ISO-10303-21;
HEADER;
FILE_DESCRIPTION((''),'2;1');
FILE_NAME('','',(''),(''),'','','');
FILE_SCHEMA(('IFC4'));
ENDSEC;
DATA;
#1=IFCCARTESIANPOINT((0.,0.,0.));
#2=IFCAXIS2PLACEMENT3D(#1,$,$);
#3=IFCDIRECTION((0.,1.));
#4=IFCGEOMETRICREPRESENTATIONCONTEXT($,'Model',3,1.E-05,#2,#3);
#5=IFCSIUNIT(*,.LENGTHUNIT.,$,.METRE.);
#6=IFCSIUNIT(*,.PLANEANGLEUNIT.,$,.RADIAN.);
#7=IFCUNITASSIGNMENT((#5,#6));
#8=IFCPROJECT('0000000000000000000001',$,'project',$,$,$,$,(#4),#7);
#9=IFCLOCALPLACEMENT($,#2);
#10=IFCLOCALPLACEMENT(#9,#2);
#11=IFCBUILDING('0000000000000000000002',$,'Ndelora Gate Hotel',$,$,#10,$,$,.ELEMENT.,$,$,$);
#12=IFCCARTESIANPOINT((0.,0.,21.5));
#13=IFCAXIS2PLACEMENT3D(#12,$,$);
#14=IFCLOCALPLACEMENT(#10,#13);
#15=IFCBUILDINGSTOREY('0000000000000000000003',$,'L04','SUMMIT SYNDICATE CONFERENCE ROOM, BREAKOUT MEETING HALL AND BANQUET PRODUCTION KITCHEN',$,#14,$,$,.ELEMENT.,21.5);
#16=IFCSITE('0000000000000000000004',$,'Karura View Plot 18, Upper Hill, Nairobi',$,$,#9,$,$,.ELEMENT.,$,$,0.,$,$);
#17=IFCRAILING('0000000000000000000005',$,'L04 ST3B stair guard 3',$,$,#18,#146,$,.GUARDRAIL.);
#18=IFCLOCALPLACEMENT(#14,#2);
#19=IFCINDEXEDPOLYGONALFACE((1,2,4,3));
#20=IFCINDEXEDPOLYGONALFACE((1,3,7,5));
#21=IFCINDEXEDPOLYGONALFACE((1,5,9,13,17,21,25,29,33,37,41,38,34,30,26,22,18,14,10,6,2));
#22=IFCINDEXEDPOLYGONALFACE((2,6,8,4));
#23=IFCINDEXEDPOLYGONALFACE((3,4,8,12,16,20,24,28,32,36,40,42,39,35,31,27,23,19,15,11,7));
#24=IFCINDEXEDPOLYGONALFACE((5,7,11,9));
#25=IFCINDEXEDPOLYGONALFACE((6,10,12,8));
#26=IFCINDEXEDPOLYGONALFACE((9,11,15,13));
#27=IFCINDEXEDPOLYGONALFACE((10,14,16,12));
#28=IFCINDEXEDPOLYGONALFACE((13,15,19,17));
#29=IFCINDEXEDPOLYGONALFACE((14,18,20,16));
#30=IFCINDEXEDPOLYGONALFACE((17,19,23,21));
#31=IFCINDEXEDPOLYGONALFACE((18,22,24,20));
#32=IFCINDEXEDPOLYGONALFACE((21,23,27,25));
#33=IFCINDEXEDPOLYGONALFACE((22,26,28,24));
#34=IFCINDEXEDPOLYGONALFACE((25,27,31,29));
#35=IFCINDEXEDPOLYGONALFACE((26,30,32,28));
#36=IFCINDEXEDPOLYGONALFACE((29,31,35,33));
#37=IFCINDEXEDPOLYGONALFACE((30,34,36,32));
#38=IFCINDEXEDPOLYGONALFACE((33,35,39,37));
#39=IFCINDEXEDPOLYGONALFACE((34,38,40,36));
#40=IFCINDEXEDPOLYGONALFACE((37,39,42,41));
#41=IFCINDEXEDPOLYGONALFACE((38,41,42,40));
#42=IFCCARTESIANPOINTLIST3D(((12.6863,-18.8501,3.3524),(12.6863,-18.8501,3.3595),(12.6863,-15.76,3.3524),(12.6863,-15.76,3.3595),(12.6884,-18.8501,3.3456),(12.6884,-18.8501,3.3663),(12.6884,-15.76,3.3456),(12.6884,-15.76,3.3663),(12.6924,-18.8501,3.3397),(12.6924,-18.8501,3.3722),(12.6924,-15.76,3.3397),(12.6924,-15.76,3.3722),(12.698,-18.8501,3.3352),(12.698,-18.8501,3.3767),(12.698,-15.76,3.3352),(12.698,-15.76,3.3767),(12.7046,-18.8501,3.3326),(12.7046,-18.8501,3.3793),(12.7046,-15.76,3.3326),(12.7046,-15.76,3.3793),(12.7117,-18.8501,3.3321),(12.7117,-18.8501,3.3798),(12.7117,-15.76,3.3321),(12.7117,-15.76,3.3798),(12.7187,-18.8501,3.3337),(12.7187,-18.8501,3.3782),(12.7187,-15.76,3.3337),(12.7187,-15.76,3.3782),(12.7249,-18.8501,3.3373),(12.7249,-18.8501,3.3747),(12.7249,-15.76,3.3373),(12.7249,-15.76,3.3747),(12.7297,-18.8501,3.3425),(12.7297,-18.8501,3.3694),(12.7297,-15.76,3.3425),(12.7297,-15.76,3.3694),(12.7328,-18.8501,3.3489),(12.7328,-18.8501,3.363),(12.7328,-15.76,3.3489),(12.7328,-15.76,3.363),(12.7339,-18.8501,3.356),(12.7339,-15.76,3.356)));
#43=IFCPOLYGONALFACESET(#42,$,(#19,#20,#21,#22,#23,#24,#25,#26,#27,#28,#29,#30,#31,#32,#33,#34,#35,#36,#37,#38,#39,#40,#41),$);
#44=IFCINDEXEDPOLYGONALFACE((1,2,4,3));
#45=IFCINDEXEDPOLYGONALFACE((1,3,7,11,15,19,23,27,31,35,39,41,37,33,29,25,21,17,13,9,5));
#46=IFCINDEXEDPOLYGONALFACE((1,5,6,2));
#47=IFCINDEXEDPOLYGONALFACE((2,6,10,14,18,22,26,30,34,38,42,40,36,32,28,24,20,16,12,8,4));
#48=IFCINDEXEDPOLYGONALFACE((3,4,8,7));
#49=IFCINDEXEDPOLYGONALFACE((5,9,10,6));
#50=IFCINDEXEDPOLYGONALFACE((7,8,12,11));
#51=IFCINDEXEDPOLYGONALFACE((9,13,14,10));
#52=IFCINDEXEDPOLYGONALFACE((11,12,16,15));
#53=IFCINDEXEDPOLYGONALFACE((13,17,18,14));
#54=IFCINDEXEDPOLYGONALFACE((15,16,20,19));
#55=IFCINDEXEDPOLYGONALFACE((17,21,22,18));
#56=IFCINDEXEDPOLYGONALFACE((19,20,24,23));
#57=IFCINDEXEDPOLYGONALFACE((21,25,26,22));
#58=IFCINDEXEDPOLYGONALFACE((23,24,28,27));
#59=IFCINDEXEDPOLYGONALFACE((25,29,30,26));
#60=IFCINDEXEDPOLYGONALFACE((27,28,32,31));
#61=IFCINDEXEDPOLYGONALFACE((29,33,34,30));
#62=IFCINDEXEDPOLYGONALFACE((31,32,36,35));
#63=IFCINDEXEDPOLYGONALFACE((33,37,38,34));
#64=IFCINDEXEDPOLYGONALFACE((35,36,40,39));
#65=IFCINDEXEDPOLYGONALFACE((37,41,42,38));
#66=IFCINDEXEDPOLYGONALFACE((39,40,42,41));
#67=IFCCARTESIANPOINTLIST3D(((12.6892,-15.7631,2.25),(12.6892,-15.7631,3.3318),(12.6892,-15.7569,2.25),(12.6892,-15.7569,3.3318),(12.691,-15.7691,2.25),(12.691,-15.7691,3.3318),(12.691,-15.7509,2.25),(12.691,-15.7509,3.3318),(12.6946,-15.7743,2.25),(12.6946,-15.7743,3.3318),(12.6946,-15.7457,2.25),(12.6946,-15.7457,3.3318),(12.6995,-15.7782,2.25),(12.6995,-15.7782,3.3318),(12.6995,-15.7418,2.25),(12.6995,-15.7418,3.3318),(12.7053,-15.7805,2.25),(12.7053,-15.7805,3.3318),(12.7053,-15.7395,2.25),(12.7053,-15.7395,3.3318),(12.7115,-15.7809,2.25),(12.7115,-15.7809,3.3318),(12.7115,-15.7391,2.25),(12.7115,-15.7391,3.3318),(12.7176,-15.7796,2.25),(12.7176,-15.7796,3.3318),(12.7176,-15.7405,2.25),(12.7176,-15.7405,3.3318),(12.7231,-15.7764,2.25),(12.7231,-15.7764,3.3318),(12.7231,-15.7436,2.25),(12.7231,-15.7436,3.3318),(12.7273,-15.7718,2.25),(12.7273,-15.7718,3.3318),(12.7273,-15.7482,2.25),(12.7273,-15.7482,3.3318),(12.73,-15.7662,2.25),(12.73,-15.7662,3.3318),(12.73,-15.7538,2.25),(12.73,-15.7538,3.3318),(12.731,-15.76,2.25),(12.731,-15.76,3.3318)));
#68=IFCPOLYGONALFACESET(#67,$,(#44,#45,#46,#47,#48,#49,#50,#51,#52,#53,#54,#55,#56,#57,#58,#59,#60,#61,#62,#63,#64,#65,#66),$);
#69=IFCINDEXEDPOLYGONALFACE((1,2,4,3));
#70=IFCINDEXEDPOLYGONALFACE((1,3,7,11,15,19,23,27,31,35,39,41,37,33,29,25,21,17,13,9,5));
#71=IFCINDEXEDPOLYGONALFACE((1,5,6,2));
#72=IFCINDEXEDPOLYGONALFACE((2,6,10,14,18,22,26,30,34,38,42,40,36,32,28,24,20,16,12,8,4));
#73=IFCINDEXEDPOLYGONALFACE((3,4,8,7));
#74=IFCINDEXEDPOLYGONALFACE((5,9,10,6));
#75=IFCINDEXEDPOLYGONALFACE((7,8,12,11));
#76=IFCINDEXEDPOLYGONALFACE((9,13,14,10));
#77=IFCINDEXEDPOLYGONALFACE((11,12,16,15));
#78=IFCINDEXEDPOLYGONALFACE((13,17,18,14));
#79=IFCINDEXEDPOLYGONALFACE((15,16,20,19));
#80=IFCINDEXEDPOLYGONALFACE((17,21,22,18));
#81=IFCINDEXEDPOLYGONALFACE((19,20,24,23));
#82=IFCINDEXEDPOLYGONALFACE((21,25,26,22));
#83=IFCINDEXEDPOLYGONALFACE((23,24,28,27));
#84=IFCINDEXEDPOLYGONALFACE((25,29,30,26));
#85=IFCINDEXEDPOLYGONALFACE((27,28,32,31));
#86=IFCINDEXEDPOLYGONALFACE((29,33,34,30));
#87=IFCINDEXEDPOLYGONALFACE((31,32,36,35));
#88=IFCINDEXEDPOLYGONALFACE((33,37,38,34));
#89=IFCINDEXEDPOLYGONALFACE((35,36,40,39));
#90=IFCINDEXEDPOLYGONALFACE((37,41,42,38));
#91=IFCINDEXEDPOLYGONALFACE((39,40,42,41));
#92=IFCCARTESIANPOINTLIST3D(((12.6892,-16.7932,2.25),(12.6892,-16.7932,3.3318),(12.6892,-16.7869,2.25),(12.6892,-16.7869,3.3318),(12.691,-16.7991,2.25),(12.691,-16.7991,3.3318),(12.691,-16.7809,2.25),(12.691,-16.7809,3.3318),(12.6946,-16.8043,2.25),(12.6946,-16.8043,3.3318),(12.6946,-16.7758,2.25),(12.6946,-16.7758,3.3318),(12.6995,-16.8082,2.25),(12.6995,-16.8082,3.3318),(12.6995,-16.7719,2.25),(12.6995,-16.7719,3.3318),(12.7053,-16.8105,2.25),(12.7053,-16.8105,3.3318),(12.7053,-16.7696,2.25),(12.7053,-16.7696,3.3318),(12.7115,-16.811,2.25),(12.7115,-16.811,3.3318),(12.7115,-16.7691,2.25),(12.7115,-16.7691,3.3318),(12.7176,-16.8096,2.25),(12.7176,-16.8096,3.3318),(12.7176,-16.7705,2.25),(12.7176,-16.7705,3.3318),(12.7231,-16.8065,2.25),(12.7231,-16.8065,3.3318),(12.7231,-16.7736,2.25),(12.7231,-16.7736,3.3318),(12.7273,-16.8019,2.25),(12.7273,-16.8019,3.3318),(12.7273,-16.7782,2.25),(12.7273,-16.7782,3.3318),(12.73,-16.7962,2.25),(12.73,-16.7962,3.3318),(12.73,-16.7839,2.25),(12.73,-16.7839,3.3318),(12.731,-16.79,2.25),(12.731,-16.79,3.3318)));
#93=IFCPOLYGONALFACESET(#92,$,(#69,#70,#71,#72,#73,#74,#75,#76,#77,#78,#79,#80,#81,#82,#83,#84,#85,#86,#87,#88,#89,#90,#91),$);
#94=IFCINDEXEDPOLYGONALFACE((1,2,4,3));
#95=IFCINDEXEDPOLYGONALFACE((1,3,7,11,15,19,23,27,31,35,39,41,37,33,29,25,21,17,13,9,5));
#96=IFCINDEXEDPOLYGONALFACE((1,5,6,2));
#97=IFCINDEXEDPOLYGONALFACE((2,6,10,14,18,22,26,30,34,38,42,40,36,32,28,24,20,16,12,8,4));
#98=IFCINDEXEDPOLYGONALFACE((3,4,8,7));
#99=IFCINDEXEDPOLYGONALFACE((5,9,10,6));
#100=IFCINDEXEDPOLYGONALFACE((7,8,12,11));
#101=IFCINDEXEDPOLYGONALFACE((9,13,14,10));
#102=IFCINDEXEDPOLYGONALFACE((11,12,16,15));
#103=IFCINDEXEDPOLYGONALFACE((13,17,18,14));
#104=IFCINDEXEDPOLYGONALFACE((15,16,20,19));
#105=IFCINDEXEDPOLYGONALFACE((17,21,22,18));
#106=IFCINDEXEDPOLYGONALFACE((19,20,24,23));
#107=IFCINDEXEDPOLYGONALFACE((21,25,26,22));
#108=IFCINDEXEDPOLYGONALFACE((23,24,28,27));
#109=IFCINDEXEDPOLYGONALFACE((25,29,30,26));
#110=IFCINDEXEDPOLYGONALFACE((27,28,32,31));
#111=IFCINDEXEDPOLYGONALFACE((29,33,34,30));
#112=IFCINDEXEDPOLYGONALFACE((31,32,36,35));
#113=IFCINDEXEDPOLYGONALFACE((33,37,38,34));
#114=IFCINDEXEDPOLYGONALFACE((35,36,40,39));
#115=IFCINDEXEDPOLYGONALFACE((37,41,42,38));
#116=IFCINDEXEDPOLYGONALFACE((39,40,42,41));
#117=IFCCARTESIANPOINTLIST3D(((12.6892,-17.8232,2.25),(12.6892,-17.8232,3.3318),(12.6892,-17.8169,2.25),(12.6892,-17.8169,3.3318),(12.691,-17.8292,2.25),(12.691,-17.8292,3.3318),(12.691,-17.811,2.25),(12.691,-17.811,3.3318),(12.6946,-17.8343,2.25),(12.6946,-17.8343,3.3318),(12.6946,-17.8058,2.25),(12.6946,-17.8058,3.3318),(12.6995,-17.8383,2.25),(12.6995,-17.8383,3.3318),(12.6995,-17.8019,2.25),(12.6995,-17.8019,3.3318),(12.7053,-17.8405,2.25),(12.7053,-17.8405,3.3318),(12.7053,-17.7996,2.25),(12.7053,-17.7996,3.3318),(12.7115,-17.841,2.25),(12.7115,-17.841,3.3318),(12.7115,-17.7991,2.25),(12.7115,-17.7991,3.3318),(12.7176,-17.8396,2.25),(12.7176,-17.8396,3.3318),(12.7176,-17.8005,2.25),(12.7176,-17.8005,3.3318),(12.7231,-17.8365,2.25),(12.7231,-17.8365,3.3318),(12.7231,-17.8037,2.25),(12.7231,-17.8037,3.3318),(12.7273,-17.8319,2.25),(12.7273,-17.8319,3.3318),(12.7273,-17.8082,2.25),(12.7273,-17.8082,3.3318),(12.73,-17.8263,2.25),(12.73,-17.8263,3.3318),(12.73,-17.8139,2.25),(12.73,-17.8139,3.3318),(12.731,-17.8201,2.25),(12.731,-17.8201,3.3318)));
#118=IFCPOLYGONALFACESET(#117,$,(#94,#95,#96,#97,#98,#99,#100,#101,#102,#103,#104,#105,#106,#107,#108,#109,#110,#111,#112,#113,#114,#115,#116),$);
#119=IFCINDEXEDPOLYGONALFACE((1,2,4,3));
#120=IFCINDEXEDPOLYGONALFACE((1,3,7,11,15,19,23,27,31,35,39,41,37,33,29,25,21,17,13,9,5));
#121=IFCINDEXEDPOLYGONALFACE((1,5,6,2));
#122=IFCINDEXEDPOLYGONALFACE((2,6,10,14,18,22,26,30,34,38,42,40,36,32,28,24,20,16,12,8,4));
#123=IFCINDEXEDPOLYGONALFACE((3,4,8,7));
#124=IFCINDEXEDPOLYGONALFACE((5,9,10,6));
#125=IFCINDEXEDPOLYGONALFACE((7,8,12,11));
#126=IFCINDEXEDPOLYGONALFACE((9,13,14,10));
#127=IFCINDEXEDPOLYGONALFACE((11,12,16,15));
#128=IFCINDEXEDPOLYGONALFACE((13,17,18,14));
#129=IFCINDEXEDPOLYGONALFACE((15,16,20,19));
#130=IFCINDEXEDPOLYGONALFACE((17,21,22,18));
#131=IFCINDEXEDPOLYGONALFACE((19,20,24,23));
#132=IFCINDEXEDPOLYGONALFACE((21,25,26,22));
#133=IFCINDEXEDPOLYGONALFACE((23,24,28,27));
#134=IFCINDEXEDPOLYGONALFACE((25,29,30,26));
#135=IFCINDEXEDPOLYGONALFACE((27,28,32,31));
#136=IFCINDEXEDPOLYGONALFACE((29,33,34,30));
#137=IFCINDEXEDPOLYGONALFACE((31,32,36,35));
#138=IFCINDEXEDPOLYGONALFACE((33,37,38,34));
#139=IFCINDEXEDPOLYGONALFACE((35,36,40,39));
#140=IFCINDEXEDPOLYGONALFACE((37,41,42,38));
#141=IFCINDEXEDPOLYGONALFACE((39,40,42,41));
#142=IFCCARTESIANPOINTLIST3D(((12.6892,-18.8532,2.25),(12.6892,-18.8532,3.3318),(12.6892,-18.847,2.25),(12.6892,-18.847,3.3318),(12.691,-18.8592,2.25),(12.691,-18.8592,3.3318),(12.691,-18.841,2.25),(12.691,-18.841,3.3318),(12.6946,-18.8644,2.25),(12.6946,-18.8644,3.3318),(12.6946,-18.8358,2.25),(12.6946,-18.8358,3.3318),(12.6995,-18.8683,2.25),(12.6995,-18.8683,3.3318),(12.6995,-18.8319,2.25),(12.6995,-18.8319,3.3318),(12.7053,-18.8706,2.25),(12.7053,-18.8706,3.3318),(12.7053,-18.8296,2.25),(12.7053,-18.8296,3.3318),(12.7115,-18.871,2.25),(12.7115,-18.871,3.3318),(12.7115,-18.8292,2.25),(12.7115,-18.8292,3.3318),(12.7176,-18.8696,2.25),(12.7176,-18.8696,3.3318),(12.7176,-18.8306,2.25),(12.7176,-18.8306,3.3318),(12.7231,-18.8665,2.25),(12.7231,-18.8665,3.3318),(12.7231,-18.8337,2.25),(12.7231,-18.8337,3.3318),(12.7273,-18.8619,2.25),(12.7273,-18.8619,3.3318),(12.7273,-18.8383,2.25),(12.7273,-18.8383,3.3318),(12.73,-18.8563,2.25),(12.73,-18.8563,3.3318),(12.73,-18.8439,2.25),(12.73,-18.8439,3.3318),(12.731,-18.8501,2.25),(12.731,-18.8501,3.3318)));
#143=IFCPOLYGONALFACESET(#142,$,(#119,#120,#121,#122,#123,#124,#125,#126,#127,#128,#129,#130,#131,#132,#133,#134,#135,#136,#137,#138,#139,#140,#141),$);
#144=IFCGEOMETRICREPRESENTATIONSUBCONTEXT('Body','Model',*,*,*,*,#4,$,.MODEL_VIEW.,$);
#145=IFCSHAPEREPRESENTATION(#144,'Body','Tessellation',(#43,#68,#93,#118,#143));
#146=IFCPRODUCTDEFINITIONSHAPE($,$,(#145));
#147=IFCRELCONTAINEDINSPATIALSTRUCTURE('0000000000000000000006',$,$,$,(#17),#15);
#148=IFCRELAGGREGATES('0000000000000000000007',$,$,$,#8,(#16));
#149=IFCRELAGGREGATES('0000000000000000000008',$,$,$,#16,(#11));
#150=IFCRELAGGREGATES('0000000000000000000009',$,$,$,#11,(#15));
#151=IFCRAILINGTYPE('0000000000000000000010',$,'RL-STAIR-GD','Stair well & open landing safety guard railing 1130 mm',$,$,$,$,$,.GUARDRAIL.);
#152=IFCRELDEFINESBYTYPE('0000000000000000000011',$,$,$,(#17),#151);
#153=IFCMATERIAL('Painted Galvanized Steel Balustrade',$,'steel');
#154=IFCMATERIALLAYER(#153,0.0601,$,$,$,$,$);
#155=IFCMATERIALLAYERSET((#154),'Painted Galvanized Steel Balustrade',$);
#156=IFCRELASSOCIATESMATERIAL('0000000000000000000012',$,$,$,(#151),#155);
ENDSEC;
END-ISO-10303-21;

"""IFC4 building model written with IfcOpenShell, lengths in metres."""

from ifc_helpers import new_model, si_unit, direction, frame, origin, origin_2d, place, context, subcontext, project, spatial, circle, extrude, material, layer, layer_set, type_object, element, save


model = new_model("IFC4")

# Units and contexts
model_context = context("Model", 3, precision=1e-05, world=origin(), true_north=direction((0.0, 1.0)))
body_context = subcontext(model_context, "Body", "Model", "MODEL_VIEW")
ifc_project = project(units=[si_unit("LENGTHUNIT", "METRE"), si_unit("PLANEANGLEUNIT", "RADIAN")], contexts=[model_context])

# Site, building, storey
site_placement = place(None, origin())
site = spatial("IfcSite", under=ifc_project, at=site_placement, Name="Karura View Plot 18, Upper Hill, Nairobi", CompositionType="ELEMENT", RefElevation=0.0)
building_placement = place(site_placement, origin())
building = spatial("IfcBuilding", under=site, at=building_placement, Name="Ndelora Gate Hotel", CompositionType="ELEMENT")
storey_placement = place(building_placement, frame((0.0, 0.0, 21.5)))
storey = spatial("IfcBuildingStorey", under=building, at=storey_placement, Name="L04", Description="SUMMIT SYNDICATE CONFERENCE ROOM, BREAKOUT MEETING HALL AND BANQUET PRODUCTION KITCHEN", CompositionType="ELEMENT", Elevation=21.5)

# Railing
ifc_material_1 = material(Name="Painted Galvanized Steel Balustrade", Category="steel")
ifc_layer_1 = layer(ifc_material_1, 0.0601)
ifc_layer_set_1 = layer_set([ifc_layer_1], Name="Painted Galvanized Steel Balustrade")
railing_type_1 = type_object("IfcRailingType", Name="RL-STAIR-GD", Description="Stair well & open landing safety guard railing 1130 mm", PredefinedType="GUARDRAIL", material=ifc_layer_set_1)
railing_1_placement = place(storey_placement, frame((12.71, -15.76, 2.25)))
element("IfcRailing", 1, at=railing_1_placement, inside=storey, type_object=railing_type_1, Name="L04 ST3B stair guard 3", PredefinedType="GUARDRAIL", context=body_context, shape_type="SweptSolid", body=[
    extrude(circle(Radius=0.0239, at=origin_2d()), frame((0.0, 0.0, 1.106), z_axis=(0.0, -1.0, 0.0), x_axis=(1.0, 0.0, 0.0)), (0.0, 0.0, 1.0), 3.0901),
    extrude(circle(Radius=0.021, at=origin_2d()), origin(), (0.0, 0.0, 1.0), 1.0818),
    extrude(circle(Radius=0.021, at=origin_2d()), frame((0.0, -1.03, 0.0)), (0.0, 0.0, 1.0), 1.0818),
    extrude(circle(Radius=0.021, at=origin_2d()), frame((0.0, -2.0601, 0.0)), (0.0, 0.0, 1.0), 1.0818),
    extrude(circle(Radius=0.021, at=origin_2d()), frame((0.0, -3.0901, 0.0)), (0.0, 0.0, 1.0), 1.0818),
])

save(model, "model.ifc")
